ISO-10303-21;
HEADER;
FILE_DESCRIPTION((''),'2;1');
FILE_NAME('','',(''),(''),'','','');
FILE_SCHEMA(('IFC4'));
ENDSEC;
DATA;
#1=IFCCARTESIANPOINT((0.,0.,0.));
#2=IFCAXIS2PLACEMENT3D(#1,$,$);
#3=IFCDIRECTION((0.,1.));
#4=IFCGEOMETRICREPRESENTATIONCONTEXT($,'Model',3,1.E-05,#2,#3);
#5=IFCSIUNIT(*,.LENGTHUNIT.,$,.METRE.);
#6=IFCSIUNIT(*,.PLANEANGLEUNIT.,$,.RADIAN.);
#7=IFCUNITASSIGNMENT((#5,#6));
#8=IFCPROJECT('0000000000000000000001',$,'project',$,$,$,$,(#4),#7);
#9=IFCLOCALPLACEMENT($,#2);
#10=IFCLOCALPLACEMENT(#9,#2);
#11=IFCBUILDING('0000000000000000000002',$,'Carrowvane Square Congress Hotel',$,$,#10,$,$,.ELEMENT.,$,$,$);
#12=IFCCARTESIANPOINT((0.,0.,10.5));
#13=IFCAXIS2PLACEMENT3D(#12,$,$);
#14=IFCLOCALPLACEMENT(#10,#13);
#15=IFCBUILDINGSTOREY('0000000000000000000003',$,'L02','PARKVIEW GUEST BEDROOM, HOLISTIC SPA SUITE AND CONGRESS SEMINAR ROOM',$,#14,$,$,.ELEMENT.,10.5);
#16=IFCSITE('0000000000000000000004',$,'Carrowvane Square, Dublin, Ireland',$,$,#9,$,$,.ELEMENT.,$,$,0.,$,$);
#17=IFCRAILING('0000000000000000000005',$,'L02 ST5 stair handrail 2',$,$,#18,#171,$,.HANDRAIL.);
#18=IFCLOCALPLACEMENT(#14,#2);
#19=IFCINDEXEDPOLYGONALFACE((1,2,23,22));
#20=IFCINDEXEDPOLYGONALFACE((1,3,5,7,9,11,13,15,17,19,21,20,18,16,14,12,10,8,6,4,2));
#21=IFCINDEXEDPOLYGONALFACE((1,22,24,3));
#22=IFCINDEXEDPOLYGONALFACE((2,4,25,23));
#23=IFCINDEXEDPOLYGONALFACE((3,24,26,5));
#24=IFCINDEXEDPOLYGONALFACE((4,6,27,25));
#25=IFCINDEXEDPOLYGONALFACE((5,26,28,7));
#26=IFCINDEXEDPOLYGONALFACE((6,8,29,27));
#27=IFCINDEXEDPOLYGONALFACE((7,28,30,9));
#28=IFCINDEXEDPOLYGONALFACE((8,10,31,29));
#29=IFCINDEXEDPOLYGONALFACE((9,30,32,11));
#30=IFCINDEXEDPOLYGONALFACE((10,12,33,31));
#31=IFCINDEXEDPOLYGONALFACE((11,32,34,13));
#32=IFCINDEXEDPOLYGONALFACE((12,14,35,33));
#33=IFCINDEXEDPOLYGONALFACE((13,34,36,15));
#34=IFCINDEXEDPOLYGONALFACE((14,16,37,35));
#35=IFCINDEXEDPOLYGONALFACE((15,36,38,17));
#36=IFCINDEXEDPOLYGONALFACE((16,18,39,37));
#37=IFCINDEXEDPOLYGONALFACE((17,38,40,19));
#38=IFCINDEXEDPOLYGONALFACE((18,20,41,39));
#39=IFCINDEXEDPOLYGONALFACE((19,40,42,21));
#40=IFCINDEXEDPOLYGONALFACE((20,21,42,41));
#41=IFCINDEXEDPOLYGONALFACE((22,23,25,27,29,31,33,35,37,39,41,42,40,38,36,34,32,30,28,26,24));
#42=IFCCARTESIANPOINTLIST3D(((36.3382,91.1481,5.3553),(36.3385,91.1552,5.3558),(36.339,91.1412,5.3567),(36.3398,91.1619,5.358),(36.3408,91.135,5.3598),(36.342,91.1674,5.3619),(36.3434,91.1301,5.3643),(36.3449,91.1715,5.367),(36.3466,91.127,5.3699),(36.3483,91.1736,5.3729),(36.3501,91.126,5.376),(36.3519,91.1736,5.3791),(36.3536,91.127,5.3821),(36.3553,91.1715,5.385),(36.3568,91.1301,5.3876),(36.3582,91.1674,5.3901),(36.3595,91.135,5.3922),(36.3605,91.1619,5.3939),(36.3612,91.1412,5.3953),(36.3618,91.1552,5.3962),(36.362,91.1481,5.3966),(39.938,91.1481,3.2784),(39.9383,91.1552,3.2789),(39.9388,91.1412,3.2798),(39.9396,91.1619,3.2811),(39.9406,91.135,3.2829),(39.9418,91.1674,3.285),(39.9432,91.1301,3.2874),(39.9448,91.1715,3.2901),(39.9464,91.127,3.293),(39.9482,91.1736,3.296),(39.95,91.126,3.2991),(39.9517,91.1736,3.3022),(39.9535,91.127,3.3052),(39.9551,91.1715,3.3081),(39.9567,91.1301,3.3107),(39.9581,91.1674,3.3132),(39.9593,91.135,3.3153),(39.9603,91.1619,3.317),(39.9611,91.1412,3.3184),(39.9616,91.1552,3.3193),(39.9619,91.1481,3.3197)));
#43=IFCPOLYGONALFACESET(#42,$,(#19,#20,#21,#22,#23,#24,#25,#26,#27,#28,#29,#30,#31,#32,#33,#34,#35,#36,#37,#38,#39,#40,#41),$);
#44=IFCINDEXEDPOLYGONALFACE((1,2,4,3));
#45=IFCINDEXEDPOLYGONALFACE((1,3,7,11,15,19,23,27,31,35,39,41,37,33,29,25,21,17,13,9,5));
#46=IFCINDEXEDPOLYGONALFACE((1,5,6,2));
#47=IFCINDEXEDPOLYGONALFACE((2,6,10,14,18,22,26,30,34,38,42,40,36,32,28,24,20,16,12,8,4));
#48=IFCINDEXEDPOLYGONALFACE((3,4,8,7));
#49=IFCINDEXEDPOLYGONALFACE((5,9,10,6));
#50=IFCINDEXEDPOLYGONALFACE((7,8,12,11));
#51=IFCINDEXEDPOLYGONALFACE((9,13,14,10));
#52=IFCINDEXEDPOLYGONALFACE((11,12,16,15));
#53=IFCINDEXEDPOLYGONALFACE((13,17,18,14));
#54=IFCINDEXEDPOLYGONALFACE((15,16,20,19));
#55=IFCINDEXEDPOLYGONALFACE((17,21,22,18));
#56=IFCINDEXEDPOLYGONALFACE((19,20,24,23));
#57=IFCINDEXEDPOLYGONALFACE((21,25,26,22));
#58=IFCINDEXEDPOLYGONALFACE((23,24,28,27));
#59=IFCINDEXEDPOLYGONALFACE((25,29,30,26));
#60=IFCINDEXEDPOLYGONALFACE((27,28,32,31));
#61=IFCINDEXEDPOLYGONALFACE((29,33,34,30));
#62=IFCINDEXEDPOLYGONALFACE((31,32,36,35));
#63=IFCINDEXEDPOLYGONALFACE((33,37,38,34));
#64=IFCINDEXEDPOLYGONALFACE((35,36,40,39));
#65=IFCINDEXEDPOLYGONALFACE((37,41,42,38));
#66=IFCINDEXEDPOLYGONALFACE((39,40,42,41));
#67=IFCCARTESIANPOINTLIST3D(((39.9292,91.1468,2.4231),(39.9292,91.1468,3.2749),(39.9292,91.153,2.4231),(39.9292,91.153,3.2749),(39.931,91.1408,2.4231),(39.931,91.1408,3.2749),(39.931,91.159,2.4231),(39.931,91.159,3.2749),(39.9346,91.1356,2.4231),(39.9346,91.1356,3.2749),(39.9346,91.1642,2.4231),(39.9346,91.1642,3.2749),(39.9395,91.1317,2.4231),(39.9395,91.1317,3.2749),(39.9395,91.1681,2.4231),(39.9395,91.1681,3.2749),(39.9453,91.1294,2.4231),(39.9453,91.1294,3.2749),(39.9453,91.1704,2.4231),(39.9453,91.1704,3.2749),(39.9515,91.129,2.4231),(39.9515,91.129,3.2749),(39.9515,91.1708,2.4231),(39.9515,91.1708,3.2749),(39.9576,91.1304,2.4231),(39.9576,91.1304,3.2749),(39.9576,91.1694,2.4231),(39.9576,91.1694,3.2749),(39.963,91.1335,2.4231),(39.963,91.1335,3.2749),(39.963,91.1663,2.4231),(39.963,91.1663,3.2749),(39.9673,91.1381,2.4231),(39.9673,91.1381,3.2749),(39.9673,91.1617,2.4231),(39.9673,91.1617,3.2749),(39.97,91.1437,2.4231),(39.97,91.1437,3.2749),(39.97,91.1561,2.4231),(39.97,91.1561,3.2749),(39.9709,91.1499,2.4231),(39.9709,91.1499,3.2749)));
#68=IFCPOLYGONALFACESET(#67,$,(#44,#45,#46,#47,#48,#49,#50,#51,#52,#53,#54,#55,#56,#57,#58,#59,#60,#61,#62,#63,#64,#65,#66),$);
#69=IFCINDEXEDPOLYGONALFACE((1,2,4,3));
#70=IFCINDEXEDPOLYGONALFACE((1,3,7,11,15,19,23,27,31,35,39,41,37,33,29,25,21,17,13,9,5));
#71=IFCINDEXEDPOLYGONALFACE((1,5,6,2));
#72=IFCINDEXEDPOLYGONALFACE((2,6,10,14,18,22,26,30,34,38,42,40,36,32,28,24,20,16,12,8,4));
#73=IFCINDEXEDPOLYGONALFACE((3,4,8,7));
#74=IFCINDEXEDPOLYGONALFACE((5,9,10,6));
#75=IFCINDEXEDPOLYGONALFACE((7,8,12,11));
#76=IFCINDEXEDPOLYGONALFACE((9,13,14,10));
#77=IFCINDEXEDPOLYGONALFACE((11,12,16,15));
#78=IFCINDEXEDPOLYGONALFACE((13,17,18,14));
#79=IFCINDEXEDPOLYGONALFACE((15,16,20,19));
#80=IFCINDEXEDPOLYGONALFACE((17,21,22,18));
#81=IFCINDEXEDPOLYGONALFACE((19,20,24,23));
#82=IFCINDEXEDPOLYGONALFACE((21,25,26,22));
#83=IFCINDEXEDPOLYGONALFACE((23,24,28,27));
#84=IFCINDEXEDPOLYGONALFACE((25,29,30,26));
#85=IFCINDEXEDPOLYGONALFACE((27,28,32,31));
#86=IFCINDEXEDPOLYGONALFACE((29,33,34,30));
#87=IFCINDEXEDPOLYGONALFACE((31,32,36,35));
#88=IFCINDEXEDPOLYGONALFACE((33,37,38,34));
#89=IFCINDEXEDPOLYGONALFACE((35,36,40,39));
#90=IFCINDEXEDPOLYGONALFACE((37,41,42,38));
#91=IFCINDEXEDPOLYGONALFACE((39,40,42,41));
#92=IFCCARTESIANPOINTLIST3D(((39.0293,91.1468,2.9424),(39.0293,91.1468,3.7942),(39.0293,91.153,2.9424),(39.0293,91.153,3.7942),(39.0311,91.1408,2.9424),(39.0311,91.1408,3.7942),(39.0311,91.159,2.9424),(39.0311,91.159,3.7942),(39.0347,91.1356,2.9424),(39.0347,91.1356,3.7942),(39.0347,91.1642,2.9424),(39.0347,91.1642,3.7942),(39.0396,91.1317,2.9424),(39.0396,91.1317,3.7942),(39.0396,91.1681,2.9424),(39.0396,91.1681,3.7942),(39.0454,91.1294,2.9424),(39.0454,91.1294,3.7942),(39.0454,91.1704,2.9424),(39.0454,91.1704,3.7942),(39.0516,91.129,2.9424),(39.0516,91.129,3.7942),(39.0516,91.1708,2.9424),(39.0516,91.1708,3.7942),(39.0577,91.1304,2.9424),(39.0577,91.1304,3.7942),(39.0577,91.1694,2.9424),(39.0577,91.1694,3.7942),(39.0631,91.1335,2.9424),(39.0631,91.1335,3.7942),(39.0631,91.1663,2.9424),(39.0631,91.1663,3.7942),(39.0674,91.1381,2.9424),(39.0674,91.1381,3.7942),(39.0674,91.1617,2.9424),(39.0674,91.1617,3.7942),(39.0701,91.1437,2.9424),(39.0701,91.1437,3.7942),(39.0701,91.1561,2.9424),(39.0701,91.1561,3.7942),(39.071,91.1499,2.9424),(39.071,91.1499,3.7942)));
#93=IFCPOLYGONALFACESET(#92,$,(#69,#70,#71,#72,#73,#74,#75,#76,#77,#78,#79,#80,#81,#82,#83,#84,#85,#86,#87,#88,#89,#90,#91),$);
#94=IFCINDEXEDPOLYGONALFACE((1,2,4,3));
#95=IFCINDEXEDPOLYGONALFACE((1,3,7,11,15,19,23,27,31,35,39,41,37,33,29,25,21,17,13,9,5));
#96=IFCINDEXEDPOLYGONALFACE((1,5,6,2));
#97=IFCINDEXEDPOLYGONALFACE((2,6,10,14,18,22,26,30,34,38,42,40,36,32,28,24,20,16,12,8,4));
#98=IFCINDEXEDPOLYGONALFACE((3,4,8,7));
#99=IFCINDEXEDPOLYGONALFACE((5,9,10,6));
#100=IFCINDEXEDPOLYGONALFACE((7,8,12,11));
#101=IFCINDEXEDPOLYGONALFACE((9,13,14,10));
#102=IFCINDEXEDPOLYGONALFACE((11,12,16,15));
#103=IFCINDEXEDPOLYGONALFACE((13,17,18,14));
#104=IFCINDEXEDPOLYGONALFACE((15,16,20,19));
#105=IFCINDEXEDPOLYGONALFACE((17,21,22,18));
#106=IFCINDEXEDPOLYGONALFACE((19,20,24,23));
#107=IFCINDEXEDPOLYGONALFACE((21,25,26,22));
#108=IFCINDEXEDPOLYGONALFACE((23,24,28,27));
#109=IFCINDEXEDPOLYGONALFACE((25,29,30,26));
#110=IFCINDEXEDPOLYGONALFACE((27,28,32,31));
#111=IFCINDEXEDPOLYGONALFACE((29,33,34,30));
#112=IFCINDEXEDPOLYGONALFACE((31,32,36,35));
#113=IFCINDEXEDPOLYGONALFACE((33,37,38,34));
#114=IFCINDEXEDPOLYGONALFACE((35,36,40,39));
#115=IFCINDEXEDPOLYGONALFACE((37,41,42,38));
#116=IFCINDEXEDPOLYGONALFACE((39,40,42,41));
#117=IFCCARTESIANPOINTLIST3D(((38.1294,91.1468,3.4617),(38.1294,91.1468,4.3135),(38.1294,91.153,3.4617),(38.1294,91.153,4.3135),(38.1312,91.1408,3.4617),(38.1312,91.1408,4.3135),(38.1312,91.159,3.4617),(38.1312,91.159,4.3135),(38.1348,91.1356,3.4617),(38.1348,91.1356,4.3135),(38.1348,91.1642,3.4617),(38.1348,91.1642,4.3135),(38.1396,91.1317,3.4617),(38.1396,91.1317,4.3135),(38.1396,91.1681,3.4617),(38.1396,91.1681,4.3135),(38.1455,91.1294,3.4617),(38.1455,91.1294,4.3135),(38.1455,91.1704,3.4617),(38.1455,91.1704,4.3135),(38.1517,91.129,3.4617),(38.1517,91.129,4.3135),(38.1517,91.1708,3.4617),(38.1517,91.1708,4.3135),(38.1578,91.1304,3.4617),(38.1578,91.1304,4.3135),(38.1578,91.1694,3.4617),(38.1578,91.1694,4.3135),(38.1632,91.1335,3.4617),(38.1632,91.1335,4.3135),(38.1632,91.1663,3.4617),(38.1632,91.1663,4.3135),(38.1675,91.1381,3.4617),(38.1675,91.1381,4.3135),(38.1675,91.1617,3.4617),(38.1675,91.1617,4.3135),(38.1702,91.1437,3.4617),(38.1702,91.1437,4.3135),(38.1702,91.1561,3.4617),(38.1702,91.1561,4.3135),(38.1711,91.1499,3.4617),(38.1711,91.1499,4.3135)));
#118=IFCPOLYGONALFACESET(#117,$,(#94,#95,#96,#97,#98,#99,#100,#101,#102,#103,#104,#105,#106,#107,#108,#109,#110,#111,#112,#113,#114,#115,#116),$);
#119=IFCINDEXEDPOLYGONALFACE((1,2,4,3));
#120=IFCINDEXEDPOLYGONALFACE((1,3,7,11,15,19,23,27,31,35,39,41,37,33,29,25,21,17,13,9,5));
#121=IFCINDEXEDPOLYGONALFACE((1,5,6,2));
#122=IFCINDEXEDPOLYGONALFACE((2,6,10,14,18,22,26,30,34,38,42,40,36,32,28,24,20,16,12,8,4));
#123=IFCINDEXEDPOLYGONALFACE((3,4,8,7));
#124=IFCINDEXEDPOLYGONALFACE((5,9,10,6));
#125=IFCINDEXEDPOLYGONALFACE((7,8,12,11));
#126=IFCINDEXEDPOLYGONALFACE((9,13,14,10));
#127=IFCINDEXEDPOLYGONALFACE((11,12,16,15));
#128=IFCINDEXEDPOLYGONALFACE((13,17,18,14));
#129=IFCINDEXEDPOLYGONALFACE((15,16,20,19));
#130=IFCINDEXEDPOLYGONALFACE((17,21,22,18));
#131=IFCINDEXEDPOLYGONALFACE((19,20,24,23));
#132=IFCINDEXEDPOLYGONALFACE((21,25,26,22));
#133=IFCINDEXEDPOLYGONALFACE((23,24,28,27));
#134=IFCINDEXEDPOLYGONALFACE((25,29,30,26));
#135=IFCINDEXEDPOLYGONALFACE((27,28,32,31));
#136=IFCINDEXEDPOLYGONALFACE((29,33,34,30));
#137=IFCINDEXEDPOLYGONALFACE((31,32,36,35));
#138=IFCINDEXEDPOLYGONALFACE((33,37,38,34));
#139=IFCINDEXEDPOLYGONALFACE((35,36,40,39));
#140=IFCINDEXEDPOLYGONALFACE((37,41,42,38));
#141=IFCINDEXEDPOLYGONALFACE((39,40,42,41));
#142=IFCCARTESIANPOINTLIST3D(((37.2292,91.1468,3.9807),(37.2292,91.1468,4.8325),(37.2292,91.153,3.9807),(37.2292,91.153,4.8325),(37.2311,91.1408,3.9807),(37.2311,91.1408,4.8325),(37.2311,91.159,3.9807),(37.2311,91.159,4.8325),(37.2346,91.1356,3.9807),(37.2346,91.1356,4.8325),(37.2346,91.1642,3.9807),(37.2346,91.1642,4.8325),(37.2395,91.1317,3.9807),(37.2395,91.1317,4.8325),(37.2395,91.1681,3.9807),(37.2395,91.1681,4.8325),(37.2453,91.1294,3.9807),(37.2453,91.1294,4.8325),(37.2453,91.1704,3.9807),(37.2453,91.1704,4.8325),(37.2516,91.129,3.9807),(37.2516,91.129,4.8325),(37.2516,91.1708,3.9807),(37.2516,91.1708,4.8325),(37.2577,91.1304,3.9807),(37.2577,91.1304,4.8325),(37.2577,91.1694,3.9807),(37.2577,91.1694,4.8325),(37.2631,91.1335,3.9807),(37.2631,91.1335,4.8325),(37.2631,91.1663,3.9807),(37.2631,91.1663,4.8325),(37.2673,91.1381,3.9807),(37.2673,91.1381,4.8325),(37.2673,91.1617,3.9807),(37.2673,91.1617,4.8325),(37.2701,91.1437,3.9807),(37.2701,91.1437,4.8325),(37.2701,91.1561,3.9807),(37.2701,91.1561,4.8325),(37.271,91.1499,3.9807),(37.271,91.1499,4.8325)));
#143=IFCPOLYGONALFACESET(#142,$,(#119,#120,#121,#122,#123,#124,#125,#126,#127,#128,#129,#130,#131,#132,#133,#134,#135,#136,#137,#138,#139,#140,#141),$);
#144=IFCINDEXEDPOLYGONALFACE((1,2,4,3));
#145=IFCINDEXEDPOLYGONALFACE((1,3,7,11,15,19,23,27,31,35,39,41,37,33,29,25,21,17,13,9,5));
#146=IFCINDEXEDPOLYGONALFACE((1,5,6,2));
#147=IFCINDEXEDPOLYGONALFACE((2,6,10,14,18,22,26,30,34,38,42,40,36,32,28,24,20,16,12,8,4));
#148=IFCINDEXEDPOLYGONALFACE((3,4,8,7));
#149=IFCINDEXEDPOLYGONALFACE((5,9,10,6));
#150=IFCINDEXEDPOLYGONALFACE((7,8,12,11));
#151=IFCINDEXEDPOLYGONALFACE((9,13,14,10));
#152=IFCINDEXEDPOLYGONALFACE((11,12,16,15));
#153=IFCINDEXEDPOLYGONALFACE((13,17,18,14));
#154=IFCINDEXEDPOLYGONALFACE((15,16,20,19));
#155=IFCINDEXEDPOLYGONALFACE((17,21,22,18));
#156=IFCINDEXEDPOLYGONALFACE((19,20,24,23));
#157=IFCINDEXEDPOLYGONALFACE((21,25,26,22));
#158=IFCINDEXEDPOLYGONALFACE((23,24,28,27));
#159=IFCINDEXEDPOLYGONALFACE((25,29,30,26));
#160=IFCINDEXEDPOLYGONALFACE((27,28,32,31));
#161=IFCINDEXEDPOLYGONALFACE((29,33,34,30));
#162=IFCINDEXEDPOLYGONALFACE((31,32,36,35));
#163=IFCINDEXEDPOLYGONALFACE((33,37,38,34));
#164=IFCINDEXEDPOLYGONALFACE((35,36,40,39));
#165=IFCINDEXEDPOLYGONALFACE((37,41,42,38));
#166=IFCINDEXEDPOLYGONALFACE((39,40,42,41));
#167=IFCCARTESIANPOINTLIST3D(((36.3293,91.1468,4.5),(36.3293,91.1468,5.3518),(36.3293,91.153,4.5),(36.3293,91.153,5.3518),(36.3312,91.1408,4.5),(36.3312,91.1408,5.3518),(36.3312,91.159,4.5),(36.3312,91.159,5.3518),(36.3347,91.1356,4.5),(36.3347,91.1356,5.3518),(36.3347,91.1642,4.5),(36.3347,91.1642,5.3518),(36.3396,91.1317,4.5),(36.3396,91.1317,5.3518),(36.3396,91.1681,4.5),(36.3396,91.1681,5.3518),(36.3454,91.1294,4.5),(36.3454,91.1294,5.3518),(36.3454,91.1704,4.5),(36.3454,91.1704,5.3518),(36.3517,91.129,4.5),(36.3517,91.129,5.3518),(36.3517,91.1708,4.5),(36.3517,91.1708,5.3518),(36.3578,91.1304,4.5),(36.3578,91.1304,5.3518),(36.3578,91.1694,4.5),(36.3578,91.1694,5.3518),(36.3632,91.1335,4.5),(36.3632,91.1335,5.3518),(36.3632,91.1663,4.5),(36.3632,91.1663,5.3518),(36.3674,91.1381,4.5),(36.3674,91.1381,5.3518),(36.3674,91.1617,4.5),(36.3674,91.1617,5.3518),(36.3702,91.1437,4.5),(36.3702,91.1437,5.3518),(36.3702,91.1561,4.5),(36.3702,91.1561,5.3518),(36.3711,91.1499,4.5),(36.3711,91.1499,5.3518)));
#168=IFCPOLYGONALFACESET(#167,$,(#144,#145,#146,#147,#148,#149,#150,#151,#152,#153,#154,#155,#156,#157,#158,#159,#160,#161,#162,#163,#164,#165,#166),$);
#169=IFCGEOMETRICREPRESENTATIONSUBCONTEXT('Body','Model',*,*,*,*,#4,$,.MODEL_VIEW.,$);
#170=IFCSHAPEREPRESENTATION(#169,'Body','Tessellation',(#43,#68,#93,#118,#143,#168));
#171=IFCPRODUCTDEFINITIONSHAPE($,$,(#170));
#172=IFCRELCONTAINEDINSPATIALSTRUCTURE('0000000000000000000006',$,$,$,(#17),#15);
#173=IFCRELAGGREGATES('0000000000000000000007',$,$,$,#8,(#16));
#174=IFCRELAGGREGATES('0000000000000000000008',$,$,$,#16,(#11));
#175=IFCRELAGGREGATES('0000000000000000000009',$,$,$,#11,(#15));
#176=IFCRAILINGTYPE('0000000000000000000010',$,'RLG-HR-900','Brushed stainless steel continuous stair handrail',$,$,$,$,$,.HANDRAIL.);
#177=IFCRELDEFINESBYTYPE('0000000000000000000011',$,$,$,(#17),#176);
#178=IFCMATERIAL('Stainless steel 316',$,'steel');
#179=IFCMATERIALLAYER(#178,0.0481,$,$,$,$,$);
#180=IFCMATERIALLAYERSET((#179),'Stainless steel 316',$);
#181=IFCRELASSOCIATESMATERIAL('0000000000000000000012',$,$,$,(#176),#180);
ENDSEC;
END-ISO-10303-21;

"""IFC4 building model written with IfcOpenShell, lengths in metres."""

from ifc_helpers import new_model, si_unit, direction, frame, origin, origin_2d, place, context, subcontext, project, spatial, circle, extrude, material, layer, layer_set, type_object, element, save


model = new_model("IFC4")

# Units and contexts
model_context = context("Model", 3, precision=1e-05, world=origin(), true_north=direction((0.0, 1.0)))
body_context = subcontext(model_context, "Body", "Model", "MODEL_VIEW")
ifc_project = project(units=[si_unit("LENGTHUNIT", "METRE"), si_unit("PLANEANGLEUNIT", "RADIAN")], contexts=[model_context])

# Site, building, storey
site_placement = place(None, origin())
site = spatial("IfcSite", under=ifc_project, at=site_placement, Name="Carrowvane Square, Dublin, Ireland", CompositionType="ELEMENT", RefElevation=0.0)
building_placement = place(site_placement, origin())
building = spatial("IfcBuilding", under=site, at=building_placement, Name="Carrowvane Square Congress Hotel", CompositionType="ELEMENT")
storey_placement = place(building_placement, frame((0.0, 0.0, 10.5)))
storey = spatial("IfcBuildingStorey", under=building, at=storey_placement, Name="L02", Description="PARKVIEW GUEST BEDROOM, HOLISTIC SPA SUITE AND CONGRESS SEMINAR ROOM", CompositionType="ELEMENT", Elevation=10.5)

# Railing
ifc_material_1 = material(Name="Stainless steel 316", Category="steel")
ifc_layer_1 = layer(ifc_material_1, 0.0481)
ifc_layer_set_1 = layer_set([ifc_layer_1], Name="Stainless steel 316")
railing_type_1 = type_object("IfcRailingType", Name="RLG-HR-900", Description="Brushed stainless steel continuous stair handrail", PredefinedType="HANDRAIL", material=ifc_layer_set_1)
railing_1_placement = place(storey_placement, frame((39.95, 91.1499, 2.4231)))
element("IfcRailing", 1, at=railing_1_placement, inside=storey, type_object=railing_type_1, Name="L02 ST5 stair handrail 2", PredefinedType="HANDRAIL", context=body_context, shape_type="SweptSolid", body=[
    extrude(circle(Radius=0.0239, at=origin_2d()), frame((0.0, 0.0, 0.876), z_axis=(-0.866179, 0.0, 0.499734), x_axis=(0.0, -1.0, 0.0)), (0.0, 0.0, 1.0), 4.156),
    extrude(circle(Radius=0.021, at=origin_2d()), origin(), (0.0, 0.0, 1.0), 0.8518),
    extrude(circle(Radius=0.021, at=origin_2d()), frame((-0.8999, 0.0, 0.5193)), (0.0, 0.0, 1.0), 0.8518),
    extrude(circle(Radius=0.021, at=origin_2d()), frame((-1.7998, 0.0, 1.0386)), (0.0, 0.0, 1.0), 0.8518),
    extrude(circle(Radius=0.021, at=origin_2d()), frame((-2.7, 0.0, 1.5576)), (0.0, 0.0, 1.0), 0.8518),
    extrude(circle(Radius=0.021, at=origin_2d()), frame((-3.5999, 0.0, 2.0769)), (0.0, 0.0, 1.0), 0.8518),
])

save(model, "model.ifc")
